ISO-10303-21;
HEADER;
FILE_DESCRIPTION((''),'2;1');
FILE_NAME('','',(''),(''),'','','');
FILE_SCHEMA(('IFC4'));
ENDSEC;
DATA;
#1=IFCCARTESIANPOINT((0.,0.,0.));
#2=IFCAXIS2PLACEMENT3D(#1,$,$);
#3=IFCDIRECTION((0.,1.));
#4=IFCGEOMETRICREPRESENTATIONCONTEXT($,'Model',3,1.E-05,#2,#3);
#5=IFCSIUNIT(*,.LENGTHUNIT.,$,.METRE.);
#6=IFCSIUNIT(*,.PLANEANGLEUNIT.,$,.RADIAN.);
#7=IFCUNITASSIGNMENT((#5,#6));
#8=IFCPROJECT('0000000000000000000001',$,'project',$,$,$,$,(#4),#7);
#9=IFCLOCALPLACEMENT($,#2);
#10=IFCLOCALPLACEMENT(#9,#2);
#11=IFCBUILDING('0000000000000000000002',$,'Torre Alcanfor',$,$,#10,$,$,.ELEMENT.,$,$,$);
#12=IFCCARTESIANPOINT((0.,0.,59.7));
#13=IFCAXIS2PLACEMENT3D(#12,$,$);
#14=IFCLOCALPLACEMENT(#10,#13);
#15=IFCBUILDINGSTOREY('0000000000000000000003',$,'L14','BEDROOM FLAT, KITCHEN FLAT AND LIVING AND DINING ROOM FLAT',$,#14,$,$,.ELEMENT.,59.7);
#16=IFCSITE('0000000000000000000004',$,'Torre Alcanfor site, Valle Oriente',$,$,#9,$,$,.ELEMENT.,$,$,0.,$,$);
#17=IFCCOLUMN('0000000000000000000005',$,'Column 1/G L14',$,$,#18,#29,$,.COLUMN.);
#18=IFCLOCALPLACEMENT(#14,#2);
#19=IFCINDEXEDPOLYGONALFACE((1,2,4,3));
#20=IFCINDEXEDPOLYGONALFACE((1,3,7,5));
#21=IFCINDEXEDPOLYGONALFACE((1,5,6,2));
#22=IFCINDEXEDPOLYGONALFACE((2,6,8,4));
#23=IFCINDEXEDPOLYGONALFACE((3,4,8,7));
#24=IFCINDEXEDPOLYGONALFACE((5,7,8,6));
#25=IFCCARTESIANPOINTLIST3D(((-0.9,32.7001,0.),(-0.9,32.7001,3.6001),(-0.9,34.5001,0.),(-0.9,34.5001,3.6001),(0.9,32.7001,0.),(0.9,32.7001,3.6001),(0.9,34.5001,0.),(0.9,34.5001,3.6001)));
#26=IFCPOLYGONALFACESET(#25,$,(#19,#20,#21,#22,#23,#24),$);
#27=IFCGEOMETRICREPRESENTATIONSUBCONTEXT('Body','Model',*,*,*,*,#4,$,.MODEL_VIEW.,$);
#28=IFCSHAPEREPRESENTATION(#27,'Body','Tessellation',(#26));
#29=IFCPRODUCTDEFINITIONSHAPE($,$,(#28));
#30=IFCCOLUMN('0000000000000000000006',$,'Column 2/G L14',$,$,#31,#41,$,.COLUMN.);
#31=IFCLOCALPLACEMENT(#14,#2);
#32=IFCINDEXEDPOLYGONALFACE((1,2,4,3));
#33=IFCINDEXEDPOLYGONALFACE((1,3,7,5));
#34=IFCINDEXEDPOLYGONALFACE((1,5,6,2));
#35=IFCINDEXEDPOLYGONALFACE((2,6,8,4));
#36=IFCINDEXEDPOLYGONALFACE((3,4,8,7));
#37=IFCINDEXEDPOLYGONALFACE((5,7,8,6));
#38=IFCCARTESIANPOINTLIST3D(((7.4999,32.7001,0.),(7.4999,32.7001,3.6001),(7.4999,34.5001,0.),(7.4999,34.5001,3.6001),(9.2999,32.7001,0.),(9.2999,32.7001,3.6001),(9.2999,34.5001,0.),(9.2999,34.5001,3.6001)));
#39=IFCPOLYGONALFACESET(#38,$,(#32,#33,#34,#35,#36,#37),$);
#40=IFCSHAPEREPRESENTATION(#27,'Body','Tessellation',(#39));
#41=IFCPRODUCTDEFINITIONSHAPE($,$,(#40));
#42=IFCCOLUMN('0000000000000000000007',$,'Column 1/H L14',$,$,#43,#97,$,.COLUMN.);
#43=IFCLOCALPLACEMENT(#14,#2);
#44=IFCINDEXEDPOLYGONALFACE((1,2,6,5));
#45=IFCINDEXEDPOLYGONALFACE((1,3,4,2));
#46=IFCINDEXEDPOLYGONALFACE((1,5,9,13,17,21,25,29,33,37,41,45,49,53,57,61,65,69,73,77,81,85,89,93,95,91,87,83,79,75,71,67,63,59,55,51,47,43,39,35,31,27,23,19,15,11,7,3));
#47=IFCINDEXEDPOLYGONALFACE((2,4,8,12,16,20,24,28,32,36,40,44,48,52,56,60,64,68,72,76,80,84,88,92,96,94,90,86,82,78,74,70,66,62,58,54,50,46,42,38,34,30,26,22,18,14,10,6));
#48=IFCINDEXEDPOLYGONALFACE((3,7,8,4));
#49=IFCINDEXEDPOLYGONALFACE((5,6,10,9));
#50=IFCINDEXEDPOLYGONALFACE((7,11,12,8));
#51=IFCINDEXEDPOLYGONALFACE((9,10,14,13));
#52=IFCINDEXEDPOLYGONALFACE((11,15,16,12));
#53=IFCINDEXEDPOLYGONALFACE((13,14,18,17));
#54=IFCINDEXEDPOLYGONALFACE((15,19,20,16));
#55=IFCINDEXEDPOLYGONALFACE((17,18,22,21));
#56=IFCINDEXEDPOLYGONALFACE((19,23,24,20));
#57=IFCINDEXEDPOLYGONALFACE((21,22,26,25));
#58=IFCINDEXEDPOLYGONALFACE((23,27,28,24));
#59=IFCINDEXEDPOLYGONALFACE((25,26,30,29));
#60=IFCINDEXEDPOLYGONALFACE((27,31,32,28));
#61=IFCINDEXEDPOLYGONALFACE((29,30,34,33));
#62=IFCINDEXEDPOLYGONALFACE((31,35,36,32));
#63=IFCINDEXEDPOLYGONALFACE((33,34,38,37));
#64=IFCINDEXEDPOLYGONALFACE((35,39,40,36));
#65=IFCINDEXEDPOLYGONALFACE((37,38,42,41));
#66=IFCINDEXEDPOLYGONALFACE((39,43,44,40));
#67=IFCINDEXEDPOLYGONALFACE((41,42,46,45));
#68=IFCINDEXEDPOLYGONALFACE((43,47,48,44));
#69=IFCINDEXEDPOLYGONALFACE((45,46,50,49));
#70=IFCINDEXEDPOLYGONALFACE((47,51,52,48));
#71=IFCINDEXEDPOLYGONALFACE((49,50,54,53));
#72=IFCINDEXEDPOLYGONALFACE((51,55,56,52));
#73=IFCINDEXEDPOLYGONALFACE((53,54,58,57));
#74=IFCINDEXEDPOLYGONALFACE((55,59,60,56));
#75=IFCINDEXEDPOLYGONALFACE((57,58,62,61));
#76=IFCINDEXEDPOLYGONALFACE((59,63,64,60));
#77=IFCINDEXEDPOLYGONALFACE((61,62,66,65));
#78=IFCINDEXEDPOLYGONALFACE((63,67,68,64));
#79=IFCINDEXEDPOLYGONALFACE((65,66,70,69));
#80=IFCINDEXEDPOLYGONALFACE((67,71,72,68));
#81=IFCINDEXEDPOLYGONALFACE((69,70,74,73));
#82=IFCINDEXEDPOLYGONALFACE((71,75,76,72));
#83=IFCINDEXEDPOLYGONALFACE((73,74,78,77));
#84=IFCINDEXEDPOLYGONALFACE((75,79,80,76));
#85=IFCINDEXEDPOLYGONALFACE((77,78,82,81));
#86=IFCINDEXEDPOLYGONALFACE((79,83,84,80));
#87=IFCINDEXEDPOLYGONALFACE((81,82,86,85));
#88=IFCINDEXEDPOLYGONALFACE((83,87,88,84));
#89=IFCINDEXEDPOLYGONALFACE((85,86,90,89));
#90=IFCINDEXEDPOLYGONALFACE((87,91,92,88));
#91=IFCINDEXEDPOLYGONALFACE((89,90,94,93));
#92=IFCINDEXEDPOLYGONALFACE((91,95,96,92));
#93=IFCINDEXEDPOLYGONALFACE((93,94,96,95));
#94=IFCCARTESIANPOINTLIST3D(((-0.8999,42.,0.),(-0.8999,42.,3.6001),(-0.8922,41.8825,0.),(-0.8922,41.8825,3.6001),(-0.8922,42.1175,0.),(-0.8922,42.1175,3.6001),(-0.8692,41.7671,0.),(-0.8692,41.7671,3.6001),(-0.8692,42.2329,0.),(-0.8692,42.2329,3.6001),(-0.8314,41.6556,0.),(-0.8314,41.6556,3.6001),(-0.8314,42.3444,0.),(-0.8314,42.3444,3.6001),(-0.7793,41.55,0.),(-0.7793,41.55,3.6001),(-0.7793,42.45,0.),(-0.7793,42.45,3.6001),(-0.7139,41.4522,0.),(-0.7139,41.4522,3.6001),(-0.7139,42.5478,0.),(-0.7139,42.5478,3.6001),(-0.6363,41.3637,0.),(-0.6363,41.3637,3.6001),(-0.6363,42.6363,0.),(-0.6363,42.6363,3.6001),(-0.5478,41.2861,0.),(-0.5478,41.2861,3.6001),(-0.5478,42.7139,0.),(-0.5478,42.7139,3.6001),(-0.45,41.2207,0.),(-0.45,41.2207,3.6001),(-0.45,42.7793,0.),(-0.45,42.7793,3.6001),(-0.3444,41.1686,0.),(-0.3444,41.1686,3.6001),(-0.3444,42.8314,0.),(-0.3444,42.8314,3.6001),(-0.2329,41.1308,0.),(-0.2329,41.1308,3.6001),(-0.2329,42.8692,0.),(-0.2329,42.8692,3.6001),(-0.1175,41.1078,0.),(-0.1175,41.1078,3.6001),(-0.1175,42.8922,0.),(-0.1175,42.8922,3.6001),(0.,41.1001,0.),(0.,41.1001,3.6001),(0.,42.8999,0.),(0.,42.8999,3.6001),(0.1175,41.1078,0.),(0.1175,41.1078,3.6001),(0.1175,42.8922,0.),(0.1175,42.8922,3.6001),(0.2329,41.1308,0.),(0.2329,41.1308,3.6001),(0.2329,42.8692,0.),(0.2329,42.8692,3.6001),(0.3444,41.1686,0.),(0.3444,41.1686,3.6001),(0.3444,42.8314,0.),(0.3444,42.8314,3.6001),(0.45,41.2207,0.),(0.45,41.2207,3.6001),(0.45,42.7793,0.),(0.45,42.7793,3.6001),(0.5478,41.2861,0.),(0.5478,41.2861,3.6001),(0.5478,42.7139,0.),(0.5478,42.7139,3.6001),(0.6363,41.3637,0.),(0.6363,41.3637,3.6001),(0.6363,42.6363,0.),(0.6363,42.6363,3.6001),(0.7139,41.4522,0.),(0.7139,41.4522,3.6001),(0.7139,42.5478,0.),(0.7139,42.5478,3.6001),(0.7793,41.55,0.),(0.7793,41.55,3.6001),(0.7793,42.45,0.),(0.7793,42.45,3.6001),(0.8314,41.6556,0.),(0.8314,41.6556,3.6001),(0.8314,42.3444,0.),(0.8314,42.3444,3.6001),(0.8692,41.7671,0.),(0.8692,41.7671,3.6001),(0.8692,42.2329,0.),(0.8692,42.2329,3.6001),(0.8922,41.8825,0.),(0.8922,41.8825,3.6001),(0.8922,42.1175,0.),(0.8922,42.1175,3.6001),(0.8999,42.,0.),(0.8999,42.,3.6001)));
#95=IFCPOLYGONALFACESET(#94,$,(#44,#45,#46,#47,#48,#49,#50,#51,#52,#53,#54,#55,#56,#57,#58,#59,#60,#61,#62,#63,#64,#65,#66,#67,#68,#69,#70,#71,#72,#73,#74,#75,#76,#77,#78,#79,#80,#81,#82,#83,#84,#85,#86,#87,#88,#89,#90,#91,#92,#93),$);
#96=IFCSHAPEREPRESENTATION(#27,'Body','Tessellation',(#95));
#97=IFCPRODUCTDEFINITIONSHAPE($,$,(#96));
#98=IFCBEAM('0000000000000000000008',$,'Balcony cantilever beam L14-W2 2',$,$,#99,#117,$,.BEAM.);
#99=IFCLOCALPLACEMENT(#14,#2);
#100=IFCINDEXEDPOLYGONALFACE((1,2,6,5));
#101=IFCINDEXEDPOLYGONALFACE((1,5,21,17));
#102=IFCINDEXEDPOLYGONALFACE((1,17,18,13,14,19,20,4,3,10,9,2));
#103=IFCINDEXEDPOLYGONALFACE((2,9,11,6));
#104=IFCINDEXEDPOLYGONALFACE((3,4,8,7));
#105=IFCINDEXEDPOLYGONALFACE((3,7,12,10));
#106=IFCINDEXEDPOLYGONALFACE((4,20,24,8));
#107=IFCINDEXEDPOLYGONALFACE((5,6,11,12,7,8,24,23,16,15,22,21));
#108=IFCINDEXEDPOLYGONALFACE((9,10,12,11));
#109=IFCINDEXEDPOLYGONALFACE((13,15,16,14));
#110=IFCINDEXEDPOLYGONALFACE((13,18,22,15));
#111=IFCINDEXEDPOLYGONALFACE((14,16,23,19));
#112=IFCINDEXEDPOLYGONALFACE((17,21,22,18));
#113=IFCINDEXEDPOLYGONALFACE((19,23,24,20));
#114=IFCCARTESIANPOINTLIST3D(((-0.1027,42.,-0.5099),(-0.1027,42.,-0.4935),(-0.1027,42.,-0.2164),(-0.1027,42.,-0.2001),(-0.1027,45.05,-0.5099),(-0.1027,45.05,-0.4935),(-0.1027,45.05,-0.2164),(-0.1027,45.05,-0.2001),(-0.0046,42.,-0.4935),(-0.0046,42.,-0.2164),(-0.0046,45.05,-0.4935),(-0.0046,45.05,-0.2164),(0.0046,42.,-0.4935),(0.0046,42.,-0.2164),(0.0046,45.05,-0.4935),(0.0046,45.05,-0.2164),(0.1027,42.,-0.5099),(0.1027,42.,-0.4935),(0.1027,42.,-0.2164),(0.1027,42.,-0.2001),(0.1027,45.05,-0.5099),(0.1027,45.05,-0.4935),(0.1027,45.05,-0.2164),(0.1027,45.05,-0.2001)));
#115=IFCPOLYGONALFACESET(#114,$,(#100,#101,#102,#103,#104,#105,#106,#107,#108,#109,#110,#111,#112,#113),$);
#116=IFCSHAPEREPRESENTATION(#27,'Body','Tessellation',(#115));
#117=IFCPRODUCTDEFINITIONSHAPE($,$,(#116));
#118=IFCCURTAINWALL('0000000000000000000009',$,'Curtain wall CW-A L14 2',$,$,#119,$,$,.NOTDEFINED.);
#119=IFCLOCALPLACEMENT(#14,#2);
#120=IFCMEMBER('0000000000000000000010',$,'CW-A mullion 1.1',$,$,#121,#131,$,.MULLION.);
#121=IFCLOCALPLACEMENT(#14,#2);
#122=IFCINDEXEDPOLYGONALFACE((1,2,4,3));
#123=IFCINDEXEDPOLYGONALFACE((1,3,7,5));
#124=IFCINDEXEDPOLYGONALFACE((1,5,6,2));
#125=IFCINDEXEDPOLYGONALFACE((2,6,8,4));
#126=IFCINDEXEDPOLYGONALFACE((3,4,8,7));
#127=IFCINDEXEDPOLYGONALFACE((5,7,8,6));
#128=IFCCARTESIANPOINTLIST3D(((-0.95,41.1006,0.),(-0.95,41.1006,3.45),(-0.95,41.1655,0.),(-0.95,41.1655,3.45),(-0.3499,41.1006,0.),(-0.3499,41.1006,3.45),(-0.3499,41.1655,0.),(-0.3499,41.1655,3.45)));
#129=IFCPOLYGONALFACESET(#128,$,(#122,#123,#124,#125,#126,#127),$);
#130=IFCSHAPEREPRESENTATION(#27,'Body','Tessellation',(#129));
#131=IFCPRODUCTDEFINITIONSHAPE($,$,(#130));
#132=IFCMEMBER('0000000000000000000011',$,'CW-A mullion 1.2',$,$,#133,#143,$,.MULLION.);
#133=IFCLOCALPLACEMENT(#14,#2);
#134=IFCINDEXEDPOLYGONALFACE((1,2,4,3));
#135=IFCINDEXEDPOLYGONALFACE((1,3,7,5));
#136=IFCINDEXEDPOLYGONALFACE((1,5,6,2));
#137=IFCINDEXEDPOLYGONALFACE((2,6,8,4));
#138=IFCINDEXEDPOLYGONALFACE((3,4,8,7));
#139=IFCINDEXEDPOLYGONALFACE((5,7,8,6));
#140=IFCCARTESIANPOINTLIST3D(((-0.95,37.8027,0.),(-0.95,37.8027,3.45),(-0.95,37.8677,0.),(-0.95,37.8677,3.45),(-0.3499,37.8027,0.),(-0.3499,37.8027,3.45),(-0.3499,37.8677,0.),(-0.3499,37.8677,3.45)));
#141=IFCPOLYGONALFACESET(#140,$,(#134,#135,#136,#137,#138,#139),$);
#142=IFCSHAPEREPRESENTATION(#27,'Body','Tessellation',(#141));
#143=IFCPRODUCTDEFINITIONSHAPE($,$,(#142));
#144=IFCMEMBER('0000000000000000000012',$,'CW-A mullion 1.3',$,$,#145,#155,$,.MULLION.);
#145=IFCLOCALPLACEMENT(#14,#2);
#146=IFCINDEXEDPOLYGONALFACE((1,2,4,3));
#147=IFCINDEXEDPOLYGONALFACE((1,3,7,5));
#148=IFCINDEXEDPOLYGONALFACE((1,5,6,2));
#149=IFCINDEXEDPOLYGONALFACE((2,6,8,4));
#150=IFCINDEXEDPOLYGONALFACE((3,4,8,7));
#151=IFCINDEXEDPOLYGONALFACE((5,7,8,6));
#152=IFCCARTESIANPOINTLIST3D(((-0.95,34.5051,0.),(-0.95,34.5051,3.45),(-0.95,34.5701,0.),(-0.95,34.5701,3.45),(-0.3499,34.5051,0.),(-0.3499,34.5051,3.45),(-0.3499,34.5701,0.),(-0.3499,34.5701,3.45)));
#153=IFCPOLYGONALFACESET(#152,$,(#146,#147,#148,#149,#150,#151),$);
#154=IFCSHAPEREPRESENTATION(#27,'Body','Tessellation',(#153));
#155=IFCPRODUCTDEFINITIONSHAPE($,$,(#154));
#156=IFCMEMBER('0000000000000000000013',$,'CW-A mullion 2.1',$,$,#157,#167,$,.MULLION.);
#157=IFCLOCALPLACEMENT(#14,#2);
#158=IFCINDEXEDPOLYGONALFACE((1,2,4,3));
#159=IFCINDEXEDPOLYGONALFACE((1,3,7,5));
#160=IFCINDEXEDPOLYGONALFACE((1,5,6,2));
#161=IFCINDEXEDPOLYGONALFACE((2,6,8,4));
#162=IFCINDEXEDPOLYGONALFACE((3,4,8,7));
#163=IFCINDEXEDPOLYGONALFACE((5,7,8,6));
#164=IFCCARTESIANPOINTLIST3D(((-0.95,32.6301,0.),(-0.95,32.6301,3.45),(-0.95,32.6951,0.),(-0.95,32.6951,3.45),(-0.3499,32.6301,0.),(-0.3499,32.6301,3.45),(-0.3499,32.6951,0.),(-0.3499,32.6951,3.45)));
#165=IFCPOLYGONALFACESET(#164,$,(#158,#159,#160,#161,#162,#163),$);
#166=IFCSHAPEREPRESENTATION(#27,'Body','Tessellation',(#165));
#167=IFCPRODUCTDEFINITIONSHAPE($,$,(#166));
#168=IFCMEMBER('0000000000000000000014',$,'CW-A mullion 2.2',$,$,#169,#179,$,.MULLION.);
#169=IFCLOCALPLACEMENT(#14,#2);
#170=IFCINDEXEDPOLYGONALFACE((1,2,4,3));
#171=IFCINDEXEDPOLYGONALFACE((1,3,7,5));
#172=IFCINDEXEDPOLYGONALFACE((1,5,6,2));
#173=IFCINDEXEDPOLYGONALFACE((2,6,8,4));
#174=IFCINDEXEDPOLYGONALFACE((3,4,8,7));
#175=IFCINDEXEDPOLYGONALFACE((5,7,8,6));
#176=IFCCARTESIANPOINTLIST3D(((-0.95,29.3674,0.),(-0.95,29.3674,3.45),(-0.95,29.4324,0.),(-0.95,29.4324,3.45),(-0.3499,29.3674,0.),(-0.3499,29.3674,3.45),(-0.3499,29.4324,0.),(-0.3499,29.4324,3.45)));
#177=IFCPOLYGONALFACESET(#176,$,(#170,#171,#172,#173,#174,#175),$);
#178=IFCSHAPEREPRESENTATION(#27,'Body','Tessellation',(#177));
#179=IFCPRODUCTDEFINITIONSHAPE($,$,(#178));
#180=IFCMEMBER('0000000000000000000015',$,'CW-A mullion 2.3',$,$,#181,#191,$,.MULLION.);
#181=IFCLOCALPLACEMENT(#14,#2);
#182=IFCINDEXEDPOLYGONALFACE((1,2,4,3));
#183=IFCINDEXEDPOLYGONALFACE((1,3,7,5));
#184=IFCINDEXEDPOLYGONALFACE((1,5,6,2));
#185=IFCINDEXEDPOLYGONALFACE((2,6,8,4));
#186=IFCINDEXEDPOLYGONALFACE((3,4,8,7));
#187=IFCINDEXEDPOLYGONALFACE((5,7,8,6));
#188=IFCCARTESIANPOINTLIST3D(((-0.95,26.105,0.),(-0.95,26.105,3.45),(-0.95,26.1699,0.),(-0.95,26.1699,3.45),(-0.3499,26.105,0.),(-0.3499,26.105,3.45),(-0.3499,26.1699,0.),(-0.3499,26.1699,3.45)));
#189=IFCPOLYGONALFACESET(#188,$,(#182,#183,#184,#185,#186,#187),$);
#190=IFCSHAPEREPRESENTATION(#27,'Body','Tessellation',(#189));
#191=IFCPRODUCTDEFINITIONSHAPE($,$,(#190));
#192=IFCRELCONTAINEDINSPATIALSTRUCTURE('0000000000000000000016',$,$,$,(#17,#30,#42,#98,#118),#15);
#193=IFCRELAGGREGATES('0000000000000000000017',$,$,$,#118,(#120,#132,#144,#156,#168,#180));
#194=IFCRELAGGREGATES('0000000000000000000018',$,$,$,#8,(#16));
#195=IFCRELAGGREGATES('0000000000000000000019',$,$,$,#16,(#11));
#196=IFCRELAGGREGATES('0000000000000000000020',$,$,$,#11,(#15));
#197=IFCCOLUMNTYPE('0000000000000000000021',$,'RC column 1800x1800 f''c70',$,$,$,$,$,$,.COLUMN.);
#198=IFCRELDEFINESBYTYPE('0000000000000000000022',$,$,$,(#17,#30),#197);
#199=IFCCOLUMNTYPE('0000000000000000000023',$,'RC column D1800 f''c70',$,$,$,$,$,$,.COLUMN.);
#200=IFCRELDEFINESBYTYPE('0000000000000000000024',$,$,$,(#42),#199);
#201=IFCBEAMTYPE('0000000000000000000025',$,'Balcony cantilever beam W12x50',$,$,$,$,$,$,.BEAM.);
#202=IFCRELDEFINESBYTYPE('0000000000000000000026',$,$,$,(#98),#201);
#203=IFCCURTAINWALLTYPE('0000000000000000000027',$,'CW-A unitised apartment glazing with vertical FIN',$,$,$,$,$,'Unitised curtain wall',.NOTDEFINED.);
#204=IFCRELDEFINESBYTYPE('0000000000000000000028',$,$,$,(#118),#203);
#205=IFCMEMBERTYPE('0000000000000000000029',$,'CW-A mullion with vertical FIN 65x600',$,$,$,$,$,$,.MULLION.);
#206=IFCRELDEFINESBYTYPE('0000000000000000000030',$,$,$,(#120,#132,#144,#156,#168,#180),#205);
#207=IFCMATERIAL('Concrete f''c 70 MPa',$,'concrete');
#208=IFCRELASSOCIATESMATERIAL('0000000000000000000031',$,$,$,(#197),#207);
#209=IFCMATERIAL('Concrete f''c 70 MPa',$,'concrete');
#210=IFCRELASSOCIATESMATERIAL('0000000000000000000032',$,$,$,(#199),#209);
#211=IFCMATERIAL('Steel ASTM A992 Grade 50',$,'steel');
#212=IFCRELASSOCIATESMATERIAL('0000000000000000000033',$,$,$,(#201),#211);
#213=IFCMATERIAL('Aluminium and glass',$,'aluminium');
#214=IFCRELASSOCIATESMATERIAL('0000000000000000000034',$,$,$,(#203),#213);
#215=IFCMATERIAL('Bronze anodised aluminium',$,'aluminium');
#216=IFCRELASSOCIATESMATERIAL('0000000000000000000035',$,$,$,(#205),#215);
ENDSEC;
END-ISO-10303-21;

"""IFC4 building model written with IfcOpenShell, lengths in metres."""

from ifc_helpers import new_model, si_unit, direction, frame, origin, origin_2d, place, context, subcontext, project, spatial, rectangle, circle, i_section, extrude, material, material_profile, profile_set, type_object, element, aggregate, save


model = new_model("IFC4")

# Units and contexts
model_context = context("Model", 3, precision=1e-05, world=origin(), true_north=direction((0.0, 1.0)))
body_context = subcontext(model_context, "Body", "Model", "MODEL_VIEW")
ifc_project = project(units=[si_unit("LENGTHUNIT", "METRE"), si_unit("PLANEANGLEUNIT", "RADIAN")], contexts=[model_context])

# Site, building, storey
site_placement = place(None, origin())
site = spatial("IfcSite", under=ifc_project, at=site_placement, Name="Torre Alcanfor site, Valle Oriente", CompositionType="ELEMENT", RefElevation=0.0)
building_placement = place(site_placement, origin())
building = spatial("IfcBuilding", under=site, at=building_placement, Name="Torre Alcanfor", CompositionType="ELEMENT")
storey_placement = place(building_placement, frame((0.0, 0.0, 59.7)))
storey = spatial("IfcBuildingStorey", under=building, at=storey_placement, Name="L14", Description="BEDROOM FLAT, KITCHEN FLAT AND LIVING AND DINING ROOM FLAT", CompositionType="ELEMENT", Elevation=59.7)

# Columns
ifc_material_1 = material(Name="Concrete f'c 70 MPa", Category="concrete")
ifc_material_profile_1 = material_profile(ifc_material_1, rectangle(XDim=1.8, YDim=1.8, at=origin_2d()), Name="1800x1800")
ifc_profile_set_1 = profile_set([ifc_material_profile_1], Name="Concrete f'c 70 MPa")
column_type_1 = type_object("IfcColumnType", Name="RC column 1800x1800 f'c70", PredefinedType="COLUMN", material=ifc_profile_set_1)
for number, where, z_axis, x_axis, name in (
    (1, (0.0, 33.6001, 0.0), (0.0, 0.0, 1.0), (1.0, 0.0, 0.0), "Column 1/G L14"),
    (2, (8.3999, 33.6001, 0.0), (0.0, 0.0, 1.0), (1.0, 0.0, 0.0), "Column 2/G L14"),
):
    element("IfcColumn", number, at=place(storey_placement, frame(where, z_axis=z_axis, x_axis=x_axis)), inside=storey, type_object=column_type_1, Name=name, PredefinedType="COLUMN", context=body_context, shape_type="SweptSolid", body=[
        extrude(rectangle(XDim=1.8, YDim=1.8, at=origin_2d()), origin(), (0.0, 0.0, 1.0), 3.6001),
    ])
ifc_material_2 = material(Name="Concrete f'c 70 MPa", Category="concrete")
ifc_material_profile_2 = material_profile(ifc_material_2, circle(Radius=0.8999, at=origin_2d()), Name="D1800")
ifc_profile_set_2 = profile_set([ifc_material_profile_2], Name="Concrete f'c 70 MPa")
column_type_2 = type_object("IfcColumnType", Name="RC column D1800 f'c70", PredefinedType="COLUMN", material=ifc_profile_set_2)
column_placement = place(storey_placement, frame((0.0, 42.0, 0.0), z_axis=(0.0, 0.0, 1.0), x_axis=(1.0, 0.0, 0.0)))
element("IfcColumn", 3, at=column_placement, inside=storey, type_object=column_type_2, Name="Column 1/H L14", PredefinedType="COLUMN", context=body_context, shape_type="SweptSolid", body=[
    extrude(circle(Radius=0.8999, at=origin_2d()), origin(), (0.0, 0.0, 1.0), 3.6001),
])

# Beam
ifc_material_3 = material(Name="Steel ASTM A992 Grade 50", Category="steel")
ifc_material_profile_3 = material_profile(ifc_material_3, i_section(OverallWidth=0.2053, OverallDepth=0.3098, WebThickness=0.0093, FlangeThickness=0.0164, at=origin_2d()), Name="W12x50")
ifc_profile_set_3 = profile_set([ifc_material_profile_3], Name="Steel ASTM A992 Grade 50")
beam_type_1 = type_object("IfcBeamType", Name="Balcony cantilever beam W12x50", PredefinedType="BEAM", material=ifc_profile_set_3)
beam_1_placement = place(storey_placement, frame((0.0, 42.0, -0.355), z_axis=(0.0, 1.0, 0.0), x_axis=(-1.0, 0.0, 0.0)))
element("IfcBeam", 4, at=beam_1_placement, inside=storey, type_object=beam_type_1, Name="Balcony cantilever beam L14-W2 2", PredefinedType="BEAM", context=body_context, shape_type="SweptSolid", body=[
    extrude(i_section(OverallWidth=0.2053, OverallDepth=0.3098, WebThickness=0.0093, FlangeThickness=0.0164, at=origin_2d()), origin(), (0.0, 0.0, 1.0), 3.05),
])

# Curtain wall, members
ifc_material_4 = material(Name="Aluminium and glass", Category="aluminium")
curtain_wall_type = type_object("IfcCurtainWallType", Name="CW-A unitised apartment glazing with vertical FIN", ElementType="Unitised curtain wall", PredefinedType="NOTDEFINED", material=ifc_material_4)
curtain_wall_placement = place(storey_placement, origin())
curtain_wall = element("IfcCurtainWall", 5, at=curtain_wall_placement, inside=storey, type_object=curtain_wall_type, Name="Curtain wall CW-A L14 2", PredefinedType="NOTDEFINED")
ifc_material_5 = material(Name="Bronze anodised aluminium", Category="aluminium")
ifc_material_profile_4 = material_profile(ifc_material_5, rectangle(XDim=0.6001, YDim=0.0649, at=origin_2d()), Name="CW-A mullion 65x600")
ifc_profile_set_4 = profile_set([ifc_material_profile_4], Name="Bronze anodised aluminium")
member_type_1 = type_object("IfcMemberType", Name="CW-A mullion with vertical FIN 65x600", PredefinedType="MULLION", material=ifc_profile_set_4)
member_1_placement = place(storey_placement, frame((-0.6499, 41.1331, 0.0), z_axis=(0.0, 0.0, 1.0), x_axis=(1.0, 0.0, 0.0)))
member_1 = element("IfcMember", 6, at=member_1_placement, type_object=member_type_1, Name="CW-A mullion 1.1", PredefinedType="MULLION", context=body_context, shape_type="SweptSolid", body=[
    extrude(rectangle(XDim=0.6001, YDim=0.0649, at=origin_2d()), origin(), (0.0, 0.0, 1.0), 3.45),
])
member_2_placement = place(storey_placement, frame((-0.6499, 37.8352, 0.0), z_axis=(0.0, 0.0, 1.0), x_axis=(1.0, 0.0, 0.0)))
member_2 = element("IfcMember", 7, at=member_2_placement, type_object=member_type_1, Name="CW-A mullion 1.2", PredefinedType="MULLION", context=body_context, shape_type="SweptSolid", body=[
    extrude(rectangle(XDim=0.6001, YDim=0.0649, at=origin_2d()), origin(), (0.0, 0.0, 1.0), 3.45),
])
member_3_placement = place(storey_placement, frame((-0.6499, 34.5376, 0.0), z_axis=(0.0, 0.0, 1.0), x_axis=(1.0, 0.0, 0.0)))
member_3 = element("IfcMember", 8, at=member_3_placement, type_object=member_type_1, Name="CW-A mullion 1.3", PredefinedType="MULLION", context=body_context, shape_type="SweptSolid", body=[
    extrude(rectangle(XDim=0.6001, YDim=0.0649, at=origin_2d()), origin(), (0.0, 0.0, 1.0), 3.45),
])
member_4_placement = place(storey_placement, frame((-0.6499, 32.6626, 0.0), z_axis=(0.0, 0.0, 1.0), x_axis=(1.0, 0.0, 0.0)))
member_4 = element("IfcMember", 9, at=member_4_placement, type_object=member_type_1, Name="CW-A mullion 2.1", PredefinedType="MULLION", context=body_context, shape_type="SweptSolid", body=[
    extrude(rectangle(XDim=0.6001, YDim=0.0649, at=origin_2d()), origin(), (0.0, 0.0, 1.0), 3.45),
])
member_5_placement = place(storey_placement, frame((-0.6499, 29.3999, 0.0), z_axis=(0.0, 0.0, 1.0), x_axis=(1.0, 0.0, 0.0)))
member_5 = element("IfcMember", 10, at=member_5_placement, type_object=member_type_1, Name="CW-A mullion 2.2", PredefinedType="MULLION", context=body_context, shape_type="SweptSolid", body=[
    extrude(rectangle(XDim=0.6001, YDim=0.0649, at=origin_2d()), origin(), (0.0, 0.0, 1.0), 3.45),
])
member_6_placement = place(storey_placement, frame((-0.6499, 26.1375, 0.0), z_axis=(0.0, 0.0, 1.0), x_axis=(1.0, 0.0, 0.0)))
member_6 = element("IfcMember", 11, at=member_6_placement, type_object=member_type_1, Name="CW-A mullion 2.3", PredefinedType="MULLION", context=body_context, shape_type="SweptSolid", body=[
    extrude(rectangle(XDim=0.6001, YDim=0.0649, at=origin_2d()), origin(), (0.0, 0.0, 1.0), 3.45),
])

aggregate(curtain_wall, [member_1, member_2, member_3, member_4, member_5, member_6])

save(model, "model.ifc")
